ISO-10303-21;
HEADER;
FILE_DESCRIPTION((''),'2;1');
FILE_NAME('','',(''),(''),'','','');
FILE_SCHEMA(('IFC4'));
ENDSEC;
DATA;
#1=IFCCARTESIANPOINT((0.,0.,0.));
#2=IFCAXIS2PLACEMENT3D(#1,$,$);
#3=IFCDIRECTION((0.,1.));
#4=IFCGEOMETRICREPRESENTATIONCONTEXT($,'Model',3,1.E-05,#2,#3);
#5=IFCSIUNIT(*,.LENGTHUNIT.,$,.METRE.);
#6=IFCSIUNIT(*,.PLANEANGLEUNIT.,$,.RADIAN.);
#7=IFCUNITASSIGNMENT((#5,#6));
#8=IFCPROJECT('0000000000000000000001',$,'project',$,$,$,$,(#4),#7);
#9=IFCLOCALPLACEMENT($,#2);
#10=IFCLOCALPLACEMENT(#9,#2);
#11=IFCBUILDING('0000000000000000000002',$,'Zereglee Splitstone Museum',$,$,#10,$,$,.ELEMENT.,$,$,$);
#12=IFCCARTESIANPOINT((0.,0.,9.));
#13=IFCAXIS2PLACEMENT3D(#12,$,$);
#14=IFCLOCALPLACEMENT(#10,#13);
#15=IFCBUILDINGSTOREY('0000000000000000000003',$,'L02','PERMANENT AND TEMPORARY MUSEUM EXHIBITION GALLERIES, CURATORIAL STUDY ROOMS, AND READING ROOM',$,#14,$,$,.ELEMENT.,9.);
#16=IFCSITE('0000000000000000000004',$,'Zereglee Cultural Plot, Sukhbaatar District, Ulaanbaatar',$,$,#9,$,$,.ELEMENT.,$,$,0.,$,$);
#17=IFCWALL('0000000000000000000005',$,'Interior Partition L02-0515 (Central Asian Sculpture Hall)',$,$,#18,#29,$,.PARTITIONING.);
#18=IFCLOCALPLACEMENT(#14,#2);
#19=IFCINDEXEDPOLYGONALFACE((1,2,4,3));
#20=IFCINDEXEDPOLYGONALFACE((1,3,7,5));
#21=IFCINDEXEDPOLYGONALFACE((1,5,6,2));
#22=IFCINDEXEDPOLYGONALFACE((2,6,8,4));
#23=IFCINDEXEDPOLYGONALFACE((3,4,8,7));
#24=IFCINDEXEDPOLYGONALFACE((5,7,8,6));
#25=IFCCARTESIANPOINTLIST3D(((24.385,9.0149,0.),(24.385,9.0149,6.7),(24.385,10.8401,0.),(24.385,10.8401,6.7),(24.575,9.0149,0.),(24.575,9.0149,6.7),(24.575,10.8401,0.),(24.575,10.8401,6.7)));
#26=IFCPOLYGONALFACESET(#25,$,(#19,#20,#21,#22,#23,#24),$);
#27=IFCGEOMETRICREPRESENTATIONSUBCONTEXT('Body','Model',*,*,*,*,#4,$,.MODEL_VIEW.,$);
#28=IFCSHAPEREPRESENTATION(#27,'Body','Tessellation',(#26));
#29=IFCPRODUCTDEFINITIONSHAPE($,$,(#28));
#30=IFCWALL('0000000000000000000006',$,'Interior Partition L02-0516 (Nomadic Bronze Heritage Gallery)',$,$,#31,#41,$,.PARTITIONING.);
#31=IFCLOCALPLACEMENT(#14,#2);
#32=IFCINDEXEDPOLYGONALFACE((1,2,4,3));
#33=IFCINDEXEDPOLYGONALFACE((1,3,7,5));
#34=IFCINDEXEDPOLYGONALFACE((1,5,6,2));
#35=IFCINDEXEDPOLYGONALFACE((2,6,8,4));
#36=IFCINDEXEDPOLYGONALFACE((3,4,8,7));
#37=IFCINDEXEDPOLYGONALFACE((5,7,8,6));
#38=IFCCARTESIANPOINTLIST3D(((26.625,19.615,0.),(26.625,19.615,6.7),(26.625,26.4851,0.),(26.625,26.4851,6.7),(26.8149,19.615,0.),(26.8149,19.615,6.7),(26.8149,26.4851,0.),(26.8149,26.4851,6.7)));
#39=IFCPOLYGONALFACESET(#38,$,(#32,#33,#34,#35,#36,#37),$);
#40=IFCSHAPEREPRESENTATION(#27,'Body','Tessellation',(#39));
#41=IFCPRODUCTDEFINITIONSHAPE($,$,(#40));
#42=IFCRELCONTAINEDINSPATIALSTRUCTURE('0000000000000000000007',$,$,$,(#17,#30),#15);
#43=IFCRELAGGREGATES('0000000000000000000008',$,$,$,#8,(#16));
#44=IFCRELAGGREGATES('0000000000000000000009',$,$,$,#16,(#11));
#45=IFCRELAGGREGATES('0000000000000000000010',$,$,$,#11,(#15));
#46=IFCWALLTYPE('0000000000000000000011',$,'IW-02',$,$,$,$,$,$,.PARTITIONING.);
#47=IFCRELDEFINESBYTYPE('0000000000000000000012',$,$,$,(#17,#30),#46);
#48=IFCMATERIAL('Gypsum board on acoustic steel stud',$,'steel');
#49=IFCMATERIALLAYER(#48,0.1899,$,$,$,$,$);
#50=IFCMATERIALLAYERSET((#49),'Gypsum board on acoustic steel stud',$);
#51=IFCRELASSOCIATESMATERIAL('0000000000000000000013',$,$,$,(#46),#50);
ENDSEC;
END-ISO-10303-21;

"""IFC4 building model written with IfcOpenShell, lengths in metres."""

from ifc_helpers import new_model, si_unit, direction, frame, frame_2d, origin, place, context, subcontext, project, spatial, rectangle, extrude, material, layer, layer_set, type_object, element, save


model = new_model("IFC4")

# Units and contexts
model_context = context("Model", 3, precision=1e-05, world=origin(), true_north=direction((0.0, 1.0)))
body_context = subcontext(model_context, "Body", "Model", "MODEL_VIEW")
ifc_project = project(units=[si_unit("LENGTHUNIT", "METRE"), si_unit("PLANEANGLEUNIT", "RADIAN")], contexts=[model_context])

# Site, building, storey
site_placement = place(None, origin())
site = spatial("IfcSite", under=ifc_project, at=site_placement, Name="Zereglee Cultural Plot, Sukhbaatar District, Ulaanbaatar", CompositionType="ELEMENT", RefElevation=0.0)
building_placement = place(site_placement, origin())
building = spatial("IfcBuilding", under=site, at=building_placement, Name="Zereglee Splitstone Museum", CompositionType="ELEMENT")
storey_placement = place(building_placement, frame((0.0, 0.0, 9.0)))
storey = spatial("IfcBuildingStorey", under=building, at=storey_placement, Name="L02", Description="PERMANENT AND TEMPORARY MUSEUM EXHIBITION GALLERIES, CURATORIAL STUDY ROOMS, AND READING ROOM", CompositionType="ELEMENT", Elevation=9.0)

# Walls
ifc_material_1 = material(Name="Gypsum board on acoustic steel stud", Category="steel")
ifc_layer_1 = layer(ifc_material_1, 0.1899)
ifc_layer_set_1 = layer_set([ifc_layer_1], Name="Gypsum board on acoustic steel stud")
wall_type_1 = type_object("IfcWallType", Name="IW-02", PredefinedType="PARTITIONING", material=ifc_layer_set_1)
wall_1_placement = place(storey_placement, frame((24.48, 9.0149, 0.0), z_axis=(0.0, 0.0, 1.0), x_axis=(0.0, 1.0, 0.0)))
element("IfcWall", 1, at=wall_1_placement, inside=storey, type_object=wall_type_1, Name="Interior Partition L02-0515 (Central Asian Sculpture Hall)", PredefinedType="PARTITIONING", context=body_context, shape_type="SweptSolid", body=[
    extrude(rectangle(XDim=1.8252, YDim=0.1899, at=frame_2d((0.9126, 0.0))), origin(), (0.0, 0.0, 1.0), 6.7),
])
wall_2_placement = place(storey_placement, frame((26.72, 19.615, 0.0), z_axis=(0.0, 0.0, 1.0), x_axis=(0.0, 1.0, 0.0)))
element("IfcWall", 2, at=wall_2_placement, inside=storey, type_object=wall_type_1, Name="Interior Partition L02-0516 (Nomadic Bronze Heritage Gallery)", PredefinedType="PARTITIONING", context=body_context, shape_type="SweptSolid", body=[
    extrude(rectangle(XDim=6.8701, YDim=0.1899, at=frame_2d((3.4351, 0.0))), origin(), (0.0, 0.0, 1.0), 6.7),
])

save(model, "model.ifc")
